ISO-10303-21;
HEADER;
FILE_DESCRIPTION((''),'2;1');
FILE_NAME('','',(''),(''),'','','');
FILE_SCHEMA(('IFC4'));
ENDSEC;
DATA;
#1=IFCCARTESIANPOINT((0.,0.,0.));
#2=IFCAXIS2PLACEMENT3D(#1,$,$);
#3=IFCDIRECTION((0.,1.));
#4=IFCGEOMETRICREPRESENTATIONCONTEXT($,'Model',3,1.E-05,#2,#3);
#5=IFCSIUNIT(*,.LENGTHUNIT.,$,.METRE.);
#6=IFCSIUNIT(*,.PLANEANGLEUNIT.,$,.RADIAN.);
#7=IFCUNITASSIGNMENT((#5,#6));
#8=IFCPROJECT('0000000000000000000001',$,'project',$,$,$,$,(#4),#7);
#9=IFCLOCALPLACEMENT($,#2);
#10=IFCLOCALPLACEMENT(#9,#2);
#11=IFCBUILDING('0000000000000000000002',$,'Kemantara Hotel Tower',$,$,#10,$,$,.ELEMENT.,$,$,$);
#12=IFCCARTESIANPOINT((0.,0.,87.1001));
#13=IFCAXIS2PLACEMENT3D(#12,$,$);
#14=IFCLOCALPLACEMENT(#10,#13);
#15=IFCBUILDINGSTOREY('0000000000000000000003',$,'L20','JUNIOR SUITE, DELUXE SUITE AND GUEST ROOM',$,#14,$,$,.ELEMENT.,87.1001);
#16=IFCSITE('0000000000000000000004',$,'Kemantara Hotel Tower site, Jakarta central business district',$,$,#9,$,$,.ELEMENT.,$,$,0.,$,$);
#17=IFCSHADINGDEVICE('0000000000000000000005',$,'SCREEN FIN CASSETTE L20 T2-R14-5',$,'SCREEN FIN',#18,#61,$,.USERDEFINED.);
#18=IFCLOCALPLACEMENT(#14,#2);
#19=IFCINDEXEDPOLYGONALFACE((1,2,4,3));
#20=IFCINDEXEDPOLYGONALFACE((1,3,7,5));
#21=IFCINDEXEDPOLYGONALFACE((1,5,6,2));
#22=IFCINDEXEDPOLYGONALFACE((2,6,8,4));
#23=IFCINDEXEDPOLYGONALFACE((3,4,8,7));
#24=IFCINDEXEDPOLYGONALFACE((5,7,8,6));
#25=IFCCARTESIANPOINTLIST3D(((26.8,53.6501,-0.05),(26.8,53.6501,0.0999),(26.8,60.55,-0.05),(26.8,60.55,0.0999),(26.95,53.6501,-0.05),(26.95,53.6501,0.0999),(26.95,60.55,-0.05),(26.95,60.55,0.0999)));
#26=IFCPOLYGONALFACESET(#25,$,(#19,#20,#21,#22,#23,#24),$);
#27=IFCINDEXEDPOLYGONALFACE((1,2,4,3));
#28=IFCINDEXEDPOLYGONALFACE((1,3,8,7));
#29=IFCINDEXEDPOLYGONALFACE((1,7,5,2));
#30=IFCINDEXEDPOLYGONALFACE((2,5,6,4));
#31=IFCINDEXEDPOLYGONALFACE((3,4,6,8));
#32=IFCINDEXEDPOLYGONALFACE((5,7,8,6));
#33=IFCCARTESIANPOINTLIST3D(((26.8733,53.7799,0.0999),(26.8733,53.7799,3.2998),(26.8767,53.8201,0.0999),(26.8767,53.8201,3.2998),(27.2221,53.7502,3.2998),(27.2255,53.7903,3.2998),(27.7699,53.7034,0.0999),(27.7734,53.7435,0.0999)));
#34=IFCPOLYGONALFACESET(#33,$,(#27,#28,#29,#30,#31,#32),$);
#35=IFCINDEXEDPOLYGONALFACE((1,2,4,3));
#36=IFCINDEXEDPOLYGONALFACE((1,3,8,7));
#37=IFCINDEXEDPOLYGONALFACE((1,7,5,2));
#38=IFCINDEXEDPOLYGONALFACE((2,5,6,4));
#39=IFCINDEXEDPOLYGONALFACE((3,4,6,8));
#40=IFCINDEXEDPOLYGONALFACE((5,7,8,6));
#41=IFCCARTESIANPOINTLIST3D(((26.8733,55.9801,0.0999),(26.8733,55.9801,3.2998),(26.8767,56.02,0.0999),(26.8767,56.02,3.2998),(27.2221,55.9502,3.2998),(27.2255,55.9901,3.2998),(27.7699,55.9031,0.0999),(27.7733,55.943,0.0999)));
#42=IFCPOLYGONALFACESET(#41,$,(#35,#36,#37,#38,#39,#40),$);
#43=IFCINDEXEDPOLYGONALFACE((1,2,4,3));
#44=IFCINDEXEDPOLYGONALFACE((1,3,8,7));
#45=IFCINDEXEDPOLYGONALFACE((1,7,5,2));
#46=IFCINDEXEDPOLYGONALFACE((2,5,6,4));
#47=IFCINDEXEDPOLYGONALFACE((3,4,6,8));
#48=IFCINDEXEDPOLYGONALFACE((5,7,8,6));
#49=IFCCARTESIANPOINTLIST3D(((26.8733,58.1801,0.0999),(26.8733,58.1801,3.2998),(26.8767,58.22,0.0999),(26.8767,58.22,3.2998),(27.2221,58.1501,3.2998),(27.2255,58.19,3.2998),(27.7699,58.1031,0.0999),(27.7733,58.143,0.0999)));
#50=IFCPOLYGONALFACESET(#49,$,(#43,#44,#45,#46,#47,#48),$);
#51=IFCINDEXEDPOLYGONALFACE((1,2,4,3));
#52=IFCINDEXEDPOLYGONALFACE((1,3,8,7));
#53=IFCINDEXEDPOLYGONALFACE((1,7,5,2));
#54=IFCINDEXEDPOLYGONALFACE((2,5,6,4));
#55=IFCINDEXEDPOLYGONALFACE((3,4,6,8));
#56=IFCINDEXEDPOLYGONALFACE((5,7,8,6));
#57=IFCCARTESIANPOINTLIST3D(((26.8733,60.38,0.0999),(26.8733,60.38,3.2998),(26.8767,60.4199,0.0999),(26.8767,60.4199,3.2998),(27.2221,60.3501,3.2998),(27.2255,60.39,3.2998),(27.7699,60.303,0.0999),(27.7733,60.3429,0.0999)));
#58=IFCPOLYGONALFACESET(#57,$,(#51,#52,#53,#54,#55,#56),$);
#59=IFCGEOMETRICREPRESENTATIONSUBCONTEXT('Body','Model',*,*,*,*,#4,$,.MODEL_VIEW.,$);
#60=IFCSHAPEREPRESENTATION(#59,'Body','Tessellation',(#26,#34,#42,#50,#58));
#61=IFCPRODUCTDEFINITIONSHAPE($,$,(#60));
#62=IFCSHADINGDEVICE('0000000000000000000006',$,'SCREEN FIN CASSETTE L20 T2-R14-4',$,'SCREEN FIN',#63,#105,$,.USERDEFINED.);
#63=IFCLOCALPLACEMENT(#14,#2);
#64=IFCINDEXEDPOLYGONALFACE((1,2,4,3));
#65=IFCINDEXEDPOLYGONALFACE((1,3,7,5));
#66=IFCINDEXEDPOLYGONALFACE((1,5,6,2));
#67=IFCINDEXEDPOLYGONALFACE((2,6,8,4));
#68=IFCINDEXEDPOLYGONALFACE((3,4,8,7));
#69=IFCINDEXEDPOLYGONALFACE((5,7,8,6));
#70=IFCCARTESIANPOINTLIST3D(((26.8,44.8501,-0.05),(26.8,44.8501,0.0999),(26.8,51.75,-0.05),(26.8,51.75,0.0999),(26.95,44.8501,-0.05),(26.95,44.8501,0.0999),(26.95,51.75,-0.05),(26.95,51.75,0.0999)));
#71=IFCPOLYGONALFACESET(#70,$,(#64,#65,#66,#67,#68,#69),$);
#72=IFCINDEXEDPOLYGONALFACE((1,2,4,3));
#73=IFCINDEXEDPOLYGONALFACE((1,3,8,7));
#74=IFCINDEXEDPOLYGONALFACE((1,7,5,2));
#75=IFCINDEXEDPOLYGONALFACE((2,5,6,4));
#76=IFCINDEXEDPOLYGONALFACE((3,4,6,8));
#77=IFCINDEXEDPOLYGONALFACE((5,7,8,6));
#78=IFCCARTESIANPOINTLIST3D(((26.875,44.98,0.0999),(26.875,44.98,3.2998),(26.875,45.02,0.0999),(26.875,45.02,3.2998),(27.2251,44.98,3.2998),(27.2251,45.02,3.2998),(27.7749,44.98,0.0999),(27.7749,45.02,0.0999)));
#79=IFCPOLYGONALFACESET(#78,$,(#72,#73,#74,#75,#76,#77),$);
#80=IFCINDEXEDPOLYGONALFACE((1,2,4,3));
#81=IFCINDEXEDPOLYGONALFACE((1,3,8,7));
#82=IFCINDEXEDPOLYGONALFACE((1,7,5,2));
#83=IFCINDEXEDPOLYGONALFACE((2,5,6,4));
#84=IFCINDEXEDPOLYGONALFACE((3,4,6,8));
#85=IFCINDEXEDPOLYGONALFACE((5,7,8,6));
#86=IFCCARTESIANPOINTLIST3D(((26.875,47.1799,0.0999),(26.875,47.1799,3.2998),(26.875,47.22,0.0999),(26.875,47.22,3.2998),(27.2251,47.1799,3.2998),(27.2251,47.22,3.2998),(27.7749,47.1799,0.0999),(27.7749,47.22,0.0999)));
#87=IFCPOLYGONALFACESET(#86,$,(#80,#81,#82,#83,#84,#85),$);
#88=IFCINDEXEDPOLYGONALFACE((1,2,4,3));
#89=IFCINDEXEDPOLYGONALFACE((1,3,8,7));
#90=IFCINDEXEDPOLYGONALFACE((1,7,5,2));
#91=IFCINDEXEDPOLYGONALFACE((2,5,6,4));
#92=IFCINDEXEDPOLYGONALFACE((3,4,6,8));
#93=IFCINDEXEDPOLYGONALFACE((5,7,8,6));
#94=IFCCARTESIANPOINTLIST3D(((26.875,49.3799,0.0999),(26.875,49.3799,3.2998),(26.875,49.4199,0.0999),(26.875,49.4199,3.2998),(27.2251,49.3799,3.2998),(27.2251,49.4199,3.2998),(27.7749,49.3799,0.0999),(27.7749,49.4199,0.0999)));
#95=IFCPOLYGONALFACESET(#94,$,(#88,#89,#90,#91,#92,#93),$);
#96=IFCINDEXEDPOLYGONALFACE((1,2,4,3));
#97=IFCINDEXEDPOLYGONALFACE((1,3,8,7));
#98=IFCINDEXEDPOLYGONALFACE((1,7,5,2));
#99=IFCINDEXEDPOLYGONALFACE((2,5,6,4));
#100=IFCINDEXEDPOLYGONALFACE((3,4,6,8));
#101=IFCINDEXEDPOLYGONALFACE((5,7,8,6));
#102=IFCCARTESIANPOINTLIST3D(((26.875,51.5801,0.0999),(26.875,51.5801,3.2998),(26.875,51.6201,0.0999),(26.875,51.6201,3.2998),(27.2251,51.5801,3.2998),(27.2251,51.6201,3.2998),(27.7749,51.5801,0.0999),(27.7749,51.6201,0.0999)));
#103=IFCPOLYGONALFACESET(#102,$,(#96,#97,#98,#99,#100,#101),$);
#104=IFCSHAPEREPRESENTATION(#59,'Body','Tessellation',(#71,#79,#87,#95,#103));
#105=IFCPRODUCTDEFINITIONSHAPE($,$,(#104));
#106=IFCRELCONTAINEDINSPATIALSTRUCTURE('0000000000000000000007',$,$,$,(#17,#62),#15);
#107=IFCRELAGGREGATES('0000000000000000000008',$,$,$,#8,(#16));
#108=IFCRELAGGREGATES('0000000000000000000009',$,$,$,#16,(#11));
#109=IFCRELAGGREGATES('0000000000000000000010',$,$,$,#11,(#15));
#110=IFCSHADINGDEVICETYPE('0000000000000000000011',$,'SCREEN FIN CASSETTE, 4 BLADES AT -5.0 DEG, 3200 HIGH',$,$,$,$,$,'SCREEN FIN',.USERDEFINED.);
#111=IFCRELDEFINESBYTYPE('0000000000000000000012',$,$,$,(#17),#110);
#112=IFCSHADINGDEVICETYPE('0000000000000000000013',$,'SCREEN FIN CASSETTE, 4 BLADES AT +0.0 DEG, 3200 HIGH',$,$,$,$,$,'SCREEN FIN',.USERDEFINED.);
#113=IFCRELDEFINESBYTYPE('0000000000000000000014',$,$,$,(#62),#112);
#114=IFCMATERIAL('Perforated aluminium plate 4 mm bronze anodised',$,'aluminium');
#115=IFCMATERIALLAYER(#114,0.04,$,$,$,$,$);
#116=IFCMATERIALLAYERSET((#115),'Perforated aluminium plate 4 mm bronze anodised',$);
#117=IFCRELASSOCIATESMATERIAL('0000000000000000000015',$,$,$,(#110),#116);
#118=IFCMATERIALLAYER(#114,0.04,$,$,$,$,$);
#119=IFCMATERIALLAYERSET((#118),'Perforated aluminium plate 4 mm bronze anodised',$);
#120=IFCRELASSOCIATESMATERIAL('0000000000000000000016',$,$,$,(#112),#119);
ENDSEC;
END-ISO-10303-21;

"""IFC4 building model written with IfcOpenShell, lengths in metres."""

from ifc_helpers import new_model, si_unit, direction, frame, origin, origin_2d, place, context, subcontext, project, spatial, polyline, rectangle, outline, extrude, source, transform, mapped, material, layer, layer_set, type_object, element, save


model = new_model("IFC4")

# Units and contexts
model_context = context("Model", 3, precision=1e-05, world=origin(), true_north=direction((0.0, 1.0)))
body_context = subcontext(model_context, "Body", "Model", "MODEL_VIEW")
ifc_project = project(units=[si_unit("LENGTHUNIT", "METRE"), si_unit("PLANEANGLEUNIT", "RADIAN")], contexts=[model_context])

# Site, building, storey
site_placement = place(None, origin())
site = spatial("IfcSite", under=ifc_project, at=site_placement, Name="Kemantara Hotel Tower site, Jakarta central business district", CompositionType="ELEMENT", RefElevation=0.0)
building_placement = place(site_placement, origin())
building = spatial("IfcBuilding", under=site, at=building_placement, Name="Kemantara Hotel Tower", CompositionType="ELEMENT")
storey_placement = place(building_placement, frame((0.0, 0.0, 87.1001)))
storey = spatial("IfcBuildingStorey", under=building, at=storey_placement, Name="L20", Description="JUNIOR SUITE, DELUXE SUITE AND GUEST ROOM", CompositionType="ELEMENT", Elevation=87.1001)

# Shading devices
ifc_material_1 = material(Name="Perforated aluminium plate 4 mm bronze anodised", Category="aluminium")
ifc_layer_1 = layer(ifc_material_1, 0.04)
ifc_layer_set_1 = layer_set([ifc_layer_1], Name="Perforated aluminium plate 4 mm bronze anodised")
shading_device_type_1 = type_object("IfcShadingDeviceType", Name="SCREEN FIN CASSETTE, 4 BLADES AT -5.0 DEG, 3200 HIGH", ElementType="SCREEN FIN", PredefinedType="USERDEFINED", material=ifc_layer_set_1)
shared_shape_1 = source(origin(), body_context, "Body", "SweptSolid", [
    extrude(rectangle(XDim=6.8999, YDim=0.1499, at=origin_2d()), frame((3.3, -0.075, -0.1499), z_axis=(0.0, 0.0, 1.0), x_axis=(1.0, 0.0, 0.0)), (0.0, 0.0, 1.0), 0.1499),
    extrude(outline(polyline([(0.0, 0.0), (0.8999, 0.0), (0.3501, 3.2), (0.0, 3.2), (0.0, 0.0)])), frame((0.02, -0.0767, 0.0), z_axis=(-0.996376, 0.085056, 0.0), x_axis=(-0.085056, -0.996376, 0.0)), (0.0, 0.0, 1.0), 0.0403),
    extrude(outline(polyline([(0.0, 0.0), (0.8999, 0.0), (0.3501, 3.2), (0.0, 3.2), (0.0, 0.0)])), frame((2.22, -0.0767, 0.0), z_axis=(-0.996332, 0.085575, 0.0), x_axis=(-0.085575, -0.996332, 0.0)), (0.0, 0.0, 1.0), 0.04),
    extrude(outline(polyline([(0.0, 0.0), (0.8999, 0.0), (0.3501, 3.2), (0.0, 3.2), (0.0, 0.0)])), frame((4.4199, -0.0767, 0.0), z_axis=(-0.996332, 0.085575, 0.0), x_axis=(-0.085575, -0.996332, 0.0)), (0.0, 0.0, 1.0), 0.04),
    extrude(outline(polyline([(0.0, 0.0), (0.8999, 0.0), (0.3501, 3.2), (0.0, 3.2), (0.0, 0.0)])), frame((6.6199, -0.0767, 0.0), z_axis=(-0.996332, 0.085575, 0.0), x_axis=(-0.085575, -0.996332, 0.0)), (0.0, 0.0, 1.0), 0.04),
])
shading_device_1_placement = place(storey_placement, frame((26.8, 53.8, 0.0999), z_axis=(0.0, 0.0, 1.0), x_axis=(0.0, 1.0, 0.0)))
element("IfcShadingDevice", 1, at=shading_device_1_placement, inside=storey, type_object=shading_device_type_1, Name="SCREEN FIN CASSETTE L20 T2-R14-5", ObjectType="SCREEN FIN", PredefinedType="USERDEFINED", context=body_context, shape_type="MappedRepresentation", body=[
    mapped(shared_shape_1, transform((0.0, 0.0, 0.0))),
])
ifc_layer_2 = layer(ifc_material_1, 0.04)
ifc_layer_set_2 = layer_set([ifc_layer_2], Name="Perforated aluminium plate 4 mm bronze anodised")
shading_device_type_2 = type_object("IfcShadingDeviceType", Name="SCREEN FIN CASSETTE, 4 BLADES AT +0.0 DEG, 3200 HIGH", ElementType="SCREEN FIN", PredefinedType="USERDEFINED", material=ifc_layer_set_2)
shared_shape_2 = source(origin(), body_context, "Body", "SweptSolid", [
    extrude(rectangle(XDim=6.8999, YDim=0.1499, at=origin_2d()), frame((3.3, -0.075, -0.1499), z_axis=(0.0, 0.0, 1.0), x_axis=(1.0, 0.0, 0.0)), (0.0, 0.0, 1.0), 0.1499),
    extrude(outline(polyline([(0.0, 0.0), (0.8999, 0.0), (0.3501, 3.2), (0.0, 3.2), (0.0, 0.0)])), frame((0.02, -0.075, 0.0), z_axis=(-1.0, 0.0, 0.0), x_axis=(0.0, -1.0, 0.0)), (0.0, 0.0, 1.0), 0.04),
    extrude(outline(polyline([(0.0, 0.0), (0.8999, 0.0), (0.3501, 3.2), (0.0, 3.2), (0.0, 0.0)])), frame((2.22, -0.075, 0.0), z_axis=(-1.0, 0.0, 0.0), x_axis=(0.0, -1.0, 0.0)), (0.0, 0.0, 1.0), 0.04),
    extrude(outline(polyline([(0.0, 0.0), (0.8999, 0.0), (0.3501, 3.2), (0.0, 3.2), (0.0, 0.0)])), frame((4.4199, -0.075, 0.0), z_axis=(-1.0, 0.0, 0.0), x_axis=(0.0, -1.0, 0.0)), (0.0, 0.0, 1.0), 0.04),
    extrude(outline(polyline([(0.0, 0.0), (0.8999, 0.0), (0.3501, 3.2), (0.0, 3.2), (0.0, 0.0)])), frame((6.6201, -0.075, 0.0), z_axis=(-1.0, 0.0, 0.0), x_axis=(0.0, -1.0, 0.0)), (0.0, 0.0, 1.0), 0.04),
])
shading_device_2_placement = place(storey_placement, frame((26.8, 45.0, 0.0999), z_axis=(0.0, 0.0, 1.0), x_axis=(0.0, 1.0, 0.0)))
element("IfcShadingDevice", 2, at=shading_device_2_placement, inside=storey, type_object=shading_device_type_2, Name="SCREEN FIN CASSETTE L20 T2-R14-4", ObjectType="SCREEN FIN", PredefinedType="USERDEFINED", context=body_context, shape_type="MappedRepresentation", body=[
    mapped(shared_shape_2, transform((0.0, 0.0, 0.0))),
])

save(model, "model.ifc")
